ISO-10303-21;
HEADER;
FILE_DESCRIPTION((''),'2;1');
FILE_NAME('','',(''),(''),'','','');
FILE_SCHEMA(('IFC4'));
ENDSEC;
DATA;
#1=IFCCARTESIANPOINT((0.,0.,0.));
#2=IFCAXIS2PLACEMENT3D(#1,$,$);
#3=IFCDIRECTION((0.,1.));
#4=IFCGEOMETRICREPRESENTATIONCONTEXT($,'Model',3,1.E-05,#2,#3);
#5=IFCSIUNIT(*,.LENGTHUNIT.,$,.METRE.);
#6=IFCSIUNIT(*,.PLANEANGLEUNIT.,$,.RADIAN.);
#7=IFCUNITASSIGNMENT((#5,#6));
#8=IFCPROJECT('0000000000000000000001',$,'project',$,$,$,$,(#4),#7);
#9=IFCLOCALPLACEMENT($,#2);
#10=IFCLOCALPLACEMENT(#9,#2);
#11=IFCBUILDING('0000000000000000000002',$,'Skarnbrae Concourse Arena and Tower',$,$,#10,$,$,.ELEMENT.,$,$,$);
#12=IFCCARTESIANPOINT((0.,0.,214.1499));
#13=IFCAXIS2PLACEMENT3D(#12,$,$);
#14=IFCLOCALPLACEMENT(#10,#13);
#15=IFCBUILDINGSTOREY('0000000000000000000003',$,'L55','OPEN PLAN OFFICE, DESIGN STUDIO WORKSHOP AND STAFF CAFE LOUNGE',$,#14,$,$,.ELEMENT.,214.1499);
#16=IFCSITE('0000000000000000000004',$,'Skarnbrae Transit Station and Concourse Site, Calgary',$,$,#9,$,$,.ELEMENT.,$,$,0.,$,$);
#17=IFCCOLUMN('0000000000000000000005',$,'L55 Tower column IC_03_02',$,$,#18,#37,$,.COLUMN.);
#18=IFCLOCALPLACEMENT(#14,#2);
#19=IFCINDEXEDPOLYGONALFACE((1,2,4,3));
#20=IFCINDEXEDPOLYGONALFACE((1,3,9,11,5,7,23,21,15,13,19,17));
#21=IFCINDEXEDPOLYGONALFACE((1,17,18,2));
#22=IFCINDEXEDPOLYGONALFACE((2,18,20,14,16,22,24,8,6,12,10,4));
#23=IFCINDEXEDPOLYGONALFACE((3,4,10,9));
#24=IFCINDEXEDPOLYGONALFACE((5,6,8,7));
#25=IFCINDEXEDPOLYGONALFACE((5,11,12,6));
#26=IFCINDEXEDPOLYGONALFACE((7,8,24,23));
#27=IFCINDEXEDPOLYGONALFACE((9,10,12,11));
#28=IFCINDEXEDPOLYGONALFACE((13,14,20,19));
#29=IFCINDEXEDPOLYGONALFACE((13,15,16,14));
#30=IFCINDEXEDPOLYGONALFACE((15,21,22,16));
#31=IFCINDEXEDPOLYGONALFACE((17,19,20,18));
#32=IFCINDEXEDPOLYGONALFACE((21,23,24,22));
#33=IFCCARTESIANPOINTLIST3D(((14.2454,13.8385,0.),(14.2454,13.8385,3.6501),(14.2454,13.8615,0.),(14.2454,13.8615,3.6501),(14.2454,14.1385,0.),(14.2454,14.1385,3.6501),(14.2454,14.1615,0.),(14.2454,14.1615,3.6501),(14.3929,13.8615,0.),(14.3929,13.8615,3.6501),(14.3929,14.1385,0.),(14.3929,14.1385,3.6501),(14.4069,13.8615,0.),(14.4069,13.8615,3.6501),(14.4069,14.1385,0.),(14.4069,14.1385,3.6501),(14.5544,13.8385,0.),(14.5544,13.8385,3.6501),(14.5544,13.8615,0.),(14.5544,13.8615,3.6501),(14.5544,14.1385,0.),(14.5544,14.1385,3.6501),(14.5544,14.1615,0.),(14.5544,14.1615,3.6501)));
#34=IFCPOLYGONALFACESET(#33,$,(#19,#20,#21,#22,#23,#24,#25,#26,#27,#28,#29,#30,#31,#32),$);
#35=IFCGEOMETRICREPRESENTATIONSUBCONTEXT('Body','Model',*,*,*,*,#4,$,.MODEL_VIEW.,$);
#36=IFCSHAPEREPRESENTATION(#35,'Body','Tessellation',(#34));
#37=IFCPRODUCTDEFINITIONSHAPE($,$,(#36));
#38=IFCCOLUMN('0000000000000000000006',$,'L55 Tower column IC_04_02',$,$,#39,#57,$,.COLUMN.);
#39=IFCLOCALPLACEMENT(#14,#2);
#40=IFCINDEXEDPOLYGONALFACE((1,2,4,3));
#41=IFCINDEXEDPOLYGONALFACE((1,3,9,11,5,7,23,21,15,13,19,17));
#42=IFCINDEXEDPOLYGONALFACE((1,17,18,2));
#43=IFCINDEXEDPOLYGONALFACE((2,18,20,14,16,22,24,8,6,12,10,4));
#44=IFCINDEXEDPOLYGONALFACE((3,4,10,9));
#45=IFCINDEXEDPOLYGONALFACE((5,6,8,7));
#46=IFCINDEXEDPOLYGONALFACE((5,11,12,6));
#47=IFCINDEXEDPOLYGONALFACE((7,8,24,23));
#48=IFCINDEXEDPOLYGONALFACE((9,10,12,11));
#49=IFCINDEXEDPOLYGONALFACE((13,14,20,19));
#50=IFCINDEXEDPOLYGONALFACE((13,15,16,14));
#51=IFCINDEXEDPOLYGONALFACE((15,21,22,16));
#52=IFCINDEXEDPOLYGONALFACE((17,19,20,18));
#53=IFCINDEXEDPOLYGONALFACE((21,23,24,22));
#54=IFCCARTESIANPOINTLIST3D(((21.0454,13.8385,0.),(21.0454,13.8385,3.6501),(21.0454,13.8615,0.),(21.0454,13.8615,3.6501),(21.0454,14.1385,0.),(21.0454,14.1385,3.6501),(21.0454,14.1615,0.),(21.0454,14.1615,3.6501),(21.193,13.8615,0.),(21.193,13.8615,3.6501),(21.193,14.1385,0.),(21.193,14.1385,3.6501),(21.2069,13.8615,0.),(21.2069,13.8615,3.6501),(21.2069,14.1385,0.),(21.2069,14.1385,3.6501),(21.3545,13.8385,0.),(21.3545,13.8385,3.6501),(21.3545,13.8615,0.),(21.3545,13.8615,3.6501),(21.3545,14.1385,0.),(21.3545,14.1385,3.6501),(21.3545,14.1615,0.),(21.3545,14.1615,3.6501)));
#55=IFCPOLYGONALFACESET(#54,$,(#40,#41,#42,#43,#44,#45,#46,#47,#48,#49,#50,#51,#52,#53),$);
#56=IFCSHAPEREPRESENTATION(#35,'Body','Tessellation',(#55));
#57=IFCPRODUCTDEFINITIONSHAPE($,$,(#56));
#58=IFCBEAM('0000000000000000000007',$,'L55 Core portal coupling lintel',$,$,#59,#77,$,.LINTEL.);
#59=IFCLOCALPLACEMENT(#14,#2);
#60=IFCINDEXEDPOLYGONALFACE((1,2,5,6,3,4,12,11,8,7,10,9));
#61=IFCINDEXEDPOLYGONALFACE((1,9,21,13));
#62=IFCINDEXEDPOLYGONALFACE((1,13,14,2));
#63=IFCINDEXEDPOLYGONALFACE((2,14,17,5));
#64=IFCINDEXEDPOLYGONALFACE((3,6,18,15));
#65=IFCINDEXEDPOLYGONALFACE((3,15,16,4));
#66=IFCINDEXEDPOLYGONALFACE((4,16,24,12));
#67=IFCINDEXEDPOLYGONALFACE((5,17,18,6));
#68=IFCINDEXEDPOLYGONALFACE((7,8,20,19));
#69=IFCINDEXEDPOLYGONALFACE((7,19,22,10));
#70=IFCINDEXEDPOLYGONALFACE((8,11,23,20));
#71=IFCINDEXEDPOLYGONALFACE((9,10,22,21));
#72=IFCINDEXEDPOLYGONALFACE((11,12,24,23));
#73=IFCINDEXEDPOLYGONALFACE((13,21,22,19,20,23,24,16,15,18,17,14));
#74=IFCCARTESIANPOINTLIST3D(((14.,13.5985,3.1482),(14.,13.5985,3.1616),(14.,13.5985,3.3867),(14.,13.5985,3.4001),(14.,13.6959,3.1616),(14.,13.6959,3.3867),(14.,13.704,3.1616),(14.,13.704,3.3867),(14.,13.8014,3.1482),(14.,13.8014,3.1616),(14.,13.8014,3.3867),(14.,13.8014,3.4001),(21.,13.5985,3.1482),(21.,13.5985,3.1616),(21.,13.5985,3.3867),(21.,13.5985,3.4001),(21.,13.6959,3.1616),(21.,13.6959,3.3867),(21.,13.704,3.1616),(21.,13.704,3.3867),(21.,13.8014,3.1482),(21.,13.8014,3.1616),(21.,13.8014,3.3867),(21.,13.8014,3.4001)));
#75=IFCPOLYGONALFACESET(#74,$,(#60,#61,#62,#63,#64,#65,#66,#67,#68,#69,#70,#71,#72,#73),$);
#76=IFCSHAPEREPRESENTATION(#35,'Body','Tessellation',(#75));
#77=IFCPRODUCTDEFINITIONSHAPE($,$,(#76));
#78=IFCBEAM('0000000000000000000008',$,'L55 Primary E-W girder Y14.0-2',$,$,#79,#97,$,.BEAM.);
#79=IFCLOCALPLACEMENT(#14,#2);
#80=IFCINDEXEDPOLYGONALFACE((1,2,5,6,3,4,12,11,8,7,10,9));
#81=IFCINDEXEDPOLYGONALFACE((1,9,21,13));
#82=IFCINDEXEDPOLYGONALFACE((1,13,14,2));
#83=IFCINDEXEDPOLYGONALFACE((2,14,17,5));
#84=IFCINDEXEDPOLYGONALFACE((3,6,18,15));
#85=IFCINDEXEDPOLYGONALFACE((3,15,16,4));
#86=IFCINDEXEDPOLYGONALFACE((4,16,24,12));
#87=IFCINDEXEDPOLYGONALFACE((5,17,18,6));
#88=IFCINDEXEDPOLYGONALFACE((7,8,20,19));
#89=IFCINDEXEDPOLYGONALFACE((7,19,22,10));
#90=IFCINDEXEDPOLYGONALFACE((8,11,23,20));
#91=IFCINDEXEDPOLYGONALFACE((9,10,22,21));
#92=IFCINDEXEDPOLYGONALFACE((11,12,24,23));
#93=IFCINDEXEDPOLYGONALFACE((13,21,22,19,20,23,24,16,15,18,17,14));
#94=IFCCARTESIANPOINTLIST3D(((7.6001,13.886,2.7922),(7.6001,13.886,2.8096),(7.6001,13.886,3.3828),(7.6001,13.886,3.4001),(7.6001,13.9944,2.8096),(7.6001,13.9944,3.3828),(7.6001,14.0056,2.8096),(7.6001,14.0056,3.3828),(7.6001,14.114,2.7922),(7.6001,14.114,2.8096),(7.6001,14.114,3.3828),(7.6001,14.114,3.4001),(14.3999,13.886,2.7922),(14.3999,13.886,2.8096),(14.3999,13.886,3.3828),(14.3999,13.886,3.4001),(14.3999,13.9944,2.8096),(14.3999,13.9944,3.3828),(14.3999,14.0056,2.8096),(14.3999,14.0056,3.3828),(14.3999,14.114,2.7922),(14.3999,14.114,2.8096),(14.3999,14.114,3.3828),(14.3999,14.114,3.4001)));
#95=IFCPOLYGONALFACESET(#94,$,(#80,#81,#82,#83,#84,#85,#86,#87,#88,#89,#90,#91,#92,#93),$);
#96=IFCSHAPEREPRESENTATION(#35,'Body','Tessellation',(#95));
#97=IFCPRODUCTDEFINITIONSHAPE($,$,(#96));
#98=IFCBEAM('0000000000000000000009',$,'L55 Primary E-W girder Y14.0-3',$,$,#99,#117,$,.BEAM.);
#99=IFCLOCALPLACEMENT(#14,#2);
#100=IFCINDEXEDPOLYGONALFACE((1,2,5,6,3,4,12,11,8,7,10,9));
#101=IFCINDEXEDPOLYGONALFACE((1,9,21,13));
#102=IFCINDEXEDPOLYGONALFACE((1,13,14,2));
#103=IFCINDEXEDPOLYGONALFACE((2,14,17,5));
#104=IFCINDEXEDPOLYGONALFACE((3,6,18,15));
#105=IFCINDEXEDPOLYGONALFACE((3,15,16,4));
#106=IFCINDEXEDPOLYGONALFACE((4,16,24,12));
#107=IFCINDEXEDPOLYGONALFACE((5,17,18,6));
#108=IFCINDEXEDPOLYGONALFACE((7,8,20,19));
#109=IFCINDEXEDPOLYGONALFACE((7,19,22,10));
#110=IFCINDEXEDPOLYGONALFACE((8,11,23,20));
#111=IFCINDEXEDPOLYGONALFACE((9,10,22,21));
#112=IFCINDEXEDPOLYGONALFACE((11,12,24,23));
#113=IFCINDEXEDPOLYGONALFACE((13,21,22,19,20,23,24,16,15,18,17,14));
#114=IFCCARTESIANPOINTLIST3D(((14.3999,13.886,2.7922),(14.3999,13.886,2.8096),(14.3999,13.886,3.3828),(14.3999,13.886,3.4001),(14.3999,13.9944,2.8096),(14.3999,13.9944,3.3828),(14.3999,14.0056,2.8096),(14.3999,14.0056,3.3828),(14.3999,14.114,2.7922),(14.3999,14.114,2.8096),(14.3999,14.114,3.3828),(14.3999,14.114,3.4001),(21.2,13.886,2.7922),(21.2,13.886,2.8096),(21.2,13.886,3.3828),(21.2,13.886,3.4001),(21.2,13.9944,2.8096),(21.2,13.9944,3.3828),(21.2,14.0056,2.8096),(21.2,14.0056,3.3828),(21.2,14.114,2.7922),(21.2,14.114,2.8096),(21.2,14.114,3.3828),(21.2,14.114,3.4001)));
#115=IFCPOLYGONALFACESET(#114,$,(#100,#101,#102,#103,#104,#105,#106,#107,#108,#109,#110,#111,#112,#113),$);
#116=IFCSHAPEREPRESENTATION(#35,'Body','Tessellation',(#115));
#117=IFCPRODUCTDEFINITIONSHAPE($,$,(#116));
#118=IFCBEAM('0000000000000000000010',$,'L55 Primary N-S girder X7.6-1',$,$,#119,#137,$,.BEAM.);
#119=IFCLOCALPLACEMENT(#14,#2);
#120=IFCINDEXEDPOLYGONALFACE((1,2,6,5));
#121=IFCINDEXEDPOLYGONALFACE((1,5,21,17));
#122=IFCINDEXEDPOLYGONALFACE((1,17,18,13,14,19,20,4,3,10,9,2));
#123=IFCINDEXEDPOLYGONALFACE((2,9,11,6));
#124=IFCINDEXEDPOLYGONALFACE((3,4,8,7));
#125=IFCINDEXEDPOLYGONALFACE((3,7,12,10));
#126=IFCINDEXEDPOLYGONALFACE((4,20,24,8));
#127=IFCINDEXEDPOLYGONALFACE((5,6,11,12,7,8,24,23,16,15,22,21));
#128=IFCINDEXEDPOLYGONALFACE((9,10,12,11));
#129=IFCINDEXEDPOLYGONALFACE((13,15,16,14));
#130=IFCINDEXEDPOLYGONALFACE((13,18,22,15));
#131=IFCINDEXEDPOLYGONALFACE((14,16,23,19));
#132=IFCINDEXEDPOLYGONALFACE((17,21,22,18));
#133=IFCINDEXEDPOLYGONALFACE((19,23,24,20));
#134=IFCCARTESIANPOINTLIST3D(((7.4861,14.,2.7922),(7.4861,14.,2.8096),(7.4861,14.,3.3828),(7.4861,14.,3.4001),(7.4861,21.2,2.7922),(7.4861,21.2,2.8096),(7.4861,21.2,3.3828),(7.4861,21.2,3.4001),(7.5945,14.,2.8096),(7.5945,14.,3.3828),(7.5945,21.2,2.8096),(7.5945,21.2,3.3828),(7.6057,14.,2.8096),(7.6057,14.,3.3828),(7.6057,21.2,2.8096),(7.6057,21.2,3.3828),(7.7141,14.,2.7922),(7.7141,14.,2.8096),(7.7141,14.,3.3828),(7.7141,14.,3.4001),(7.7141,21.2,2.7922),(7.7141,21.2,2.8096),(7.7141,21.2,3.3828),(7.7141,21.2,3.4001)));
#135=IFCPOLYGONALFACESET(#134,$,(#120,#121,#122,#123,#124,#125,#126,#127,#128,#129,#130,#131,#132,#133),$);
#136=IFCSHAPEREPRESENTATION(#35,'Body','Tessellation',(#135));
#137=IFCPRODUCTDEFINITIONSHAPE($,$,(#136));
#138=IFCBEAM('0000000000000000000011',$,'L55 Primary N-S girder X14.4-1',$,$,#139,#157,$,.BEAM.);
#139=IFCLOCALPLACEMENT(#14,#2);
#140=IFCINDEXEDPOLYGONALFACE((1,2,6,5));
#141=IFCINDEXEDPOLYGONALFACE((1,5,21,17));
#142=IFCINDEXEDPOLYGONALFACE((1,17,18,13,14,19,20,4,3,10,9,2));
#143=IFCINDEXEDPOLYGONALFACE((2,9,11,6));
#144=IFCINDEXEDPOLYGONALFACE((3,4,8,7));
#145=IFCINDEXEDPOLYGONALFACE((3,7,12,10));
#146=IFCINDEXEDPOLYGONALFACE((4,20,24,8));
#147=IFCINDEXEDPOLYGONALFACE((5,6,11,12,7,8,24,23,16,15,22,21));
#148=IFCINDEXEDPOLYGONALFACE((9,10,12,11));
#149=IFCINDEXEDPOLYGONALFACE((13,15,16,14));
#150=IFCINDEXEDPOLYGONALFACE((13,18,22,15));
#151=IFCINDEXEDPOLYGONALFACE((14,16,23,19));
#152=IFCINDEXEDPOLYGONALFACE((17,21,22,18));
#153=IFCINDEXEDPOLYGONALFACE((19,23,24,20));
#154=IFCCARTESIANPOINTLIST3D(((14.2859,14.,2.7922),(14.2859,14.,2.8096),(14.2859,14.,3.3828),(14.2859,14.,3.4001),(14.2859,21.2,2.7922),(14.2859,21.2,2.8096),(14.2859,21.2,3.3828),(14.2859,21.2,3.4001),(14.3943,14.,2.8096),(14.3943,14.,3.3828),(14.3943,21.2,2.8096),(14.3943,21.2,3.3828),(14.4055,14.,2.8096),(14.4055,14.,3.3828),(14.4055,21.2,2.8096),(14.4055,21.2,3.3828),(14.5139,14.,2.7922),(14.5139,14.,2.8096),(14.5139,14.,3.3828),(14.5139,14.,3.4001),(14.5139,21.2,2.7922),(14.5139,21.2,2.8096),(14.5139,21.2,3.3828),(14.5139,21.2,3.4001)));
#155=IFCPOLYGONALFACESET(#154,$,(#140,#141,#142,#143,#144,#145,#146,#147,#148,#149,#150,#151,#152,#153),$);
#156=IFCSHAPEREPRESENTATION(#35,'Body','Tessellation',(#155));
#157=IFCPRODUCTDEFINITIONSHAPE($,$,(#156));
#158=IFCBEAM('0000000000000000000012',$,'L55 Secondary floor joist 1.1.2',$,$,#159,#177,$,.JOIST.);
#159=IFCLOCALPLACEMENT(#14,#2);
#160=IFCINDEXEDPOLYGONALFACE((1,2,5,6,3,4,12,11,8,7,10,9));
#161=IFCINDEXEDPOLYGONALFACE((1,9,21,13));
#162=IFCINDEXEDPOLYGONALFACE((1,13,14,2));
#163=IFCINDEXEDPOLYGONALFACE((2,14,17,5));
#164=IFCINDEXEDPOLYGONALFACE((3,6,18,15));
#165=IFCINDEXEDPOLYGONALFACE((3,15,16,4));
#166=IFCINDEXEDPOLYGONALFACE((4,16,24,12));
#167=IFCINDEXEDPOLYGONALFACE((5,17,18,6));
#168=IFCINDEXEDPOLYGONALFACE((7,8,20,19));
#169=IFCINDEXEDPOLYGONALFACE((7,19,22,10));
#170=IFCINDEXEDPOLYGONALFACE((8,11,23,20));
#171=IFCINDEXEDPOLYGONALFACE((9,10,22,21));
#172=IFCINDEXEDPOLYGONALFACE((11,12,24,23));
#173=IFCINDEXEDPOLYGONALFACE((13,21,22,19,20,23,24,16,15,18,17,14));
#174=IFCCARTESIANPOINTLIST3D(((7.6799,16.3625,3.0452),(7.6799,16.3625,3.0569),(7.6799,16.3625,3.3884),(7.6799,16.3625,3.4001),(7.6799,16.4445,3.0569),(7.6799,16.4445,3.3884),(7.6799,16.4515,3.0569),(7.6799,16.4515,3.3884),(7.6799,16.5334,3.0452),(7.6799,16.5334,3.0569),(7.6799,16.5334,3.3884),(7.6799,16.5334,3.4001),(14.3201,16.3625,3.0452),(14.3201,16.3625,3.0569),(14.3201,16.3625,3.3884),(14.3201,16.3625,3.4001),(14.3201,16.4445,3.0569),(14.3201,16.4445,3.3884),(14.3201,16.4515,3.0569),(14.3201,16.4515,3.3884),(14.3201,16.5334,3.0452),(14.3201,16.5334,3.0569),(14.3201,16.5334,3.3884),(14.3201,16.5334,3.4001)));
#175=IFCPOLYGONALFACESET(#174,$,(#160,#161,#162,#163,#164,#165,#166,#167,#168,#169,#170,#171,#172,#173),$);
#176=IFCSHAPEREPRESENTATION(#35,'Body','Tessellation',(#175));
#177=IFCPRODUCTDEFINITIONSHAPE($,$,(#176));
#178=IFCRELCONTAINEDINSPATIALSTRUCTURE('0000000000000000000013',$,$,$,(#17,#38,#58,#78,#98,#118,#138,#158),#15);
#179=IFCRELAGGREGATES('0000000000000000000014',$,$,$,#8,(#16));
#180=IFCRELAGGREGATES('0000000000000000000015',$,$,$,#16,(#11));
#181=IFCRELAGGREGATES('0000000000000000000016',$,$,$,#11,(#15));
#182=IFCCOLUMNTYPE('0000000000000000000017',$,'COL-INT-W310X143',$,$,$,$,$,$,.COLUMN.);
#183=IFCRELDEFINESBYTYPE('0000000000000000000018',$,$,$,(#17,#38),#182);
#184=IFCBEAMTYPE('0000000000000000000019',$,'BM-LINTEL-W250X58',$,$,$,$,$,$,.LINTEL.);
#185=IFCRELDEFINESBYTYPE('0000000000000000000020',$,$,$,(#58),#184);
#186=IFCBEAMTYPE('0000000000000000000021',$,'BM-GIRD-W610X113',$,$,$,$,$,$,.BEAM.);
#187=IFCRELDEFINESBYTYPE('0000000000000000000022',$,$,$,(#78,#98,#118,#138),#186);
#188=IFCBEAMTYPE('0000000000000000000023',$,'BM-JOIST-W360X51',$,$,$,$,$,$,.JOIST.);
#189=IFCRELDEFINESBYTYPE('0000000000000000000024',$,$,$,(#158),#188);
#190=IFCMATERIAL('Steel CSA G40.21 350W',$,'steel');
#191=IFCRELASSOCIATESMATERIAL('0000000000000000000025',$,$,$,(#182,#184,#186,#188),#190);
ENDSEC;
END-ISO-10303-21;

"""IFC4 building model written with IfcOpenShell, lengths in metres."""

from ifc_helpers import new_model, si_unit, direction, frame, origin, origin_2d, place, context, subcontext, project, spatial, i_section, extrude, source, transform, mapped, material, material_profile, profile_set, type_object, element, save


model = new_model("IFC4")

# Units and contexts
model_context = context("Model", 3, precision=1e-05, world=origin(), true_north=direction((0.0, 1.0)))
body_context = subcontext(model_context, "Body", "Model", "MODEL_VIEW")
ifc_project = project(units=[si_unit("LENGTHUNIT", "METRE"), si_unit("PLANEANGLEUNIT", "RADIAN")], contexts=[model_context])

# Site, building, storey
site_placement = place(None, origin())
site = spatial("IfcSite", under=ifc_project, at=site_placement, Name="Skarnbrae Transit Station and Concourse Site, Calgary", CompositionType="ELEMENT", RefElevation=0.0)
building_placement = place(site_placement, origin())
building = spatial("IfcBuilding", under=site, at=building_placement, Name="Skarnbrae Concourse Arena and Tower", CompositionType="ELEMENT")
storey_placement = place(building_placement, frame((0.0, 0.0, 214.1499)))
storey = spatial("IfcBuildingStorey", under=building, at=storey_placement, Name="L55", Description="OPEN PLAN OFFICE, DESIGN STUDIO WORKSHOP AND STAFF CAFE LOUNGE", CompositionType="ELEMENT", Elevation=214.1499)

# Columns
ifc_material_1 = material(Name="Steel CSA G40.21 350W", Category="steel")
ifc_material_profile_1 = material_profile(ifc_material_1, i_section(OverallWidth=0.3091, OverallDepth=0.323, WebThickness=0.0139, FlangeThickness=0.0229, at=origin_2d()), Name="W310X143")
ifc_profile_set_1 = profile_set([ifc_material_profile_1], Name="Steel CSA G40.21 350W")
column_type = type_object("IfcColumnType", Name="COL-INT-W310X143", PredefinedType="COLUMN", material=ifc_profile_set_1)
shared_shape_1 = source(origin(), body_context, "Body", "SweptSolid", [
    extrude(i_section(OverallWidth=0.3091, OverallDepth=0.323, WebThickness=0.0139, FlangeThickness=0.0229, at=origin_2d()), origin(), (0.0, 0.0, 1.0), 3.6501),
])
for number, where, z_axis, x_axis, name in (
    (1, (14.3999, 14.0, 0.0), (0.0, 0.0, 1.0), (1.0, 0.0, 0.0), "L55 Tower column IC_03_02"),
    (2, (21.2, 14.0, 0.0), (0.0, 0.0, 1.0), (1.0, 0.0, 0.0), "L55 Tower column IC_04_02"),
):
    element("IfcColumn", number, at=place(storey_placement, frame(where, z_axis=z_axis, x_axis=x_axis)), inside=storey, type_object=column_type, Name=name, PredefinedType="COLUMN", context=body_context, shape_type="MappedRepresentation", body=[
        mapped(shared_shape_1, transform((0.0, 0.0, 0.0))),
    ])

# Beams
ifc_material_profile_2 = material_profile(ifc_material_1, i_section(OverallWidth=0.2029, OverallDepth=0.252, WebThickness=0.0081, FlangeThickness=0.0134, at=origin_2d()), Name="W250X58")
ifc_profile_set_2 = profile_set([ifc_material_profile_2], Name="Steel CSA G40.21 350W")
beam_type_1 = type_object("IfcBeamType", Name="BM-LINTEL-W250X58", PredefinedType="LINTEL", material=ifc_profile_set_2)
shared_shape_2 = source(origin(), body_context, "Body", "SweptSolid", [
    extrude(i_section(OverallWidth=0.2029, OverallDepth=0.252, WebThickness=0.0081, FlangeThickness=0.0134, at=origin_2d()), origin(), (0.0, 0.0, 1.0), 7.0),
])
beam_1_placement = place(storey_placement, frame((14.0, 13.7, 3.2742), z_axis=(1.0, 0.0, 0.0), x_axis=(0.0, 1.0, 0.0)))
element("IfcBeam", 3, at=beam_1_placement, inside=storey, type_object=beam_type_1, Name="L55 Core portal coupling lintel", PredefinedType="LINTEL", context=body_context, shape_type="MappedRepresentation", body=[
    mapped(shared_shape_2, transform((0.0, 0.0, 0.0))),
])
ifc_material_profile_3 = material_profile(ifc_material_1, i_section(OverallWidth=0.228, OverallDepth=0.6079, WebThickness=0.0112, FlangeThickness=0.0173, at=origin_2d()), Name="W610X113")
ifc_profile_set_3 = profile_set([ifc_material_profile_3], Name="Steel CSA G40.21 350W")
beam_type_2 = type_object("IfcBeamType", Name="BM-GIRD-W610X113", PredefinedType="BEAM", material=ifc_profile_set_3)
shared_shape_3 = source(origin(), body_context, "Body", "SweptSolid", [
    extrude(i_section(OverallWidth=0.228, OverallDepth=0.6079, WebThickness=0.0112, FlangeThickness=0.0173, at=origin_2d()), origin(), (0.0, 0.0, 1.0), 6.7998),
])
beam_2_placement = place(storey_placement, frame((7.6001, 14.0, 3.0962), z_axis=(1.0, 0.0, 0.0), x_axis=(0.0, 1.0, 0.0)))
element("IfcBeam", 4, at=beam_2_placement, inside=storey, type_object=beam_type_2, Name="L55 Primary E-W girder Y14.0-2", PredefinedType="BEAM", context=body_context, shape_type="MappedRepresentation", body=[
    mapped(shared_shape_3, transform((0.0, 0.0, 0.0))),
])
shared_shape_4 = source(origin(), body_context, "Body", "SweptSolid", [
    extrude(i_section(OverallWidth=0.228, OverallDepth=0.6079, WebThickness=0.0112, FlangeThickness=0.0173, at=origin_2d()), origin(), (0.0, 0.0, 1.0), 6.8),
])
beam_3_placement = place(storey_placement, frame((14.3999, 14.0, 3.0962), z_axis=(1.0, 0.0, 0.0), x_axis=(0.0, 1.0, 0.0)))
element("IfcBeam", 5, at=beam_3_placement, inside=storey, type_object=beam_type_2, Name="L55 Primary E-W girder Y14.0-3", PredefinedType="BEAM", context=body_context, shape_type="MappedRepresentation", body=[
    mapped(shared_shape_4, transform((0.0, 0.0, 0.0))),
])
shared_shape_5 = source(origin(), body_context, "Body", "SweptSolid", [
    extrude(i_section(OverallWidth=0.228, OverallDepth=0.6079, WebThickness=0.0112, FlangeThickness=0.0173, at=origin_2d()), origin(), (0.0, 0.0, 1.0), 7.2),
])
for number, where, z_axis, x_axis, name in (
    (6, (7.6001, 14.0, 3.0962), (0.0, 1.0, 0.0), (-1.0, 0.0, 0.0), "L55 Primary N-S girder X7.6-1"),
    (7, (14.3999, 14.0, 3.0962), (0.0, 1.0, 0.0), (-1.0, 0.0, 0.0), "L55 Primary N-S girder X14.4-1"),
):
    element("IfcBeam", number, at=place(storey_placement, frame(where, z_axis=z_axis, x_axis=x_axis)), inside=storey, type_object=beam_type_2, Name=name, PredefinedType="BEAM", context=body_context, shape_type="MappedRepresentation", body=[
        mapped(shared_shape_5, transform((0.0, 0.0, 0.0))),
    ])
ifc_material_profile_4 = material_profile(ifc_material_1, i_section(OverallWidth=0.1709, OverallDepth=0.355, WebThickness=0.0071, FlangeThickness=0.0117, at=origin_2d()), Name="W360X51")
ifc_profile_set_4 = profile_set([ifc_material_profile_4], Name="Steel CSA G40.21 350W")
beam_type_3 = type_object("IfcBeamType", Name="BM-JOIST-W360X51", PredefinedType="JOIST", material=ifc_profile_set_4)
shared_shape_6 = source(origin(), body_context, "Body", "SweptSolid", [
    extrude(i_section(OverallWidth=0.1709, OverallDepth=0.355, WebThickness=0.0071, FlangeThickness=0.0117, at=origin_2d()), origin(), (0.0, 0.0, 1.0), 6.6401),
])
for number, where, z_axis, x_axis, name in (
    (8, (7.6799, 16.448, 3.2227), (1.0, 0.0, 0.0), (0.0, 1.0, 0.0), "L55 Secondary floor joist 1.1.2"),
):
    element("IfcBeam", number, at=place(storey_placement, frame(where, z_axis=z_axis, x_axis=x_axis)), inside=storey, type_object=beam_type_3, Name=name, PredefinedType="JOIST", context=body_context, shape_type="MappedRepresentation", body=[
        mapped(shared_shape_6, transform((0.0, 0.0, 0.0))),
    ])

save(model, "model.ifc")
